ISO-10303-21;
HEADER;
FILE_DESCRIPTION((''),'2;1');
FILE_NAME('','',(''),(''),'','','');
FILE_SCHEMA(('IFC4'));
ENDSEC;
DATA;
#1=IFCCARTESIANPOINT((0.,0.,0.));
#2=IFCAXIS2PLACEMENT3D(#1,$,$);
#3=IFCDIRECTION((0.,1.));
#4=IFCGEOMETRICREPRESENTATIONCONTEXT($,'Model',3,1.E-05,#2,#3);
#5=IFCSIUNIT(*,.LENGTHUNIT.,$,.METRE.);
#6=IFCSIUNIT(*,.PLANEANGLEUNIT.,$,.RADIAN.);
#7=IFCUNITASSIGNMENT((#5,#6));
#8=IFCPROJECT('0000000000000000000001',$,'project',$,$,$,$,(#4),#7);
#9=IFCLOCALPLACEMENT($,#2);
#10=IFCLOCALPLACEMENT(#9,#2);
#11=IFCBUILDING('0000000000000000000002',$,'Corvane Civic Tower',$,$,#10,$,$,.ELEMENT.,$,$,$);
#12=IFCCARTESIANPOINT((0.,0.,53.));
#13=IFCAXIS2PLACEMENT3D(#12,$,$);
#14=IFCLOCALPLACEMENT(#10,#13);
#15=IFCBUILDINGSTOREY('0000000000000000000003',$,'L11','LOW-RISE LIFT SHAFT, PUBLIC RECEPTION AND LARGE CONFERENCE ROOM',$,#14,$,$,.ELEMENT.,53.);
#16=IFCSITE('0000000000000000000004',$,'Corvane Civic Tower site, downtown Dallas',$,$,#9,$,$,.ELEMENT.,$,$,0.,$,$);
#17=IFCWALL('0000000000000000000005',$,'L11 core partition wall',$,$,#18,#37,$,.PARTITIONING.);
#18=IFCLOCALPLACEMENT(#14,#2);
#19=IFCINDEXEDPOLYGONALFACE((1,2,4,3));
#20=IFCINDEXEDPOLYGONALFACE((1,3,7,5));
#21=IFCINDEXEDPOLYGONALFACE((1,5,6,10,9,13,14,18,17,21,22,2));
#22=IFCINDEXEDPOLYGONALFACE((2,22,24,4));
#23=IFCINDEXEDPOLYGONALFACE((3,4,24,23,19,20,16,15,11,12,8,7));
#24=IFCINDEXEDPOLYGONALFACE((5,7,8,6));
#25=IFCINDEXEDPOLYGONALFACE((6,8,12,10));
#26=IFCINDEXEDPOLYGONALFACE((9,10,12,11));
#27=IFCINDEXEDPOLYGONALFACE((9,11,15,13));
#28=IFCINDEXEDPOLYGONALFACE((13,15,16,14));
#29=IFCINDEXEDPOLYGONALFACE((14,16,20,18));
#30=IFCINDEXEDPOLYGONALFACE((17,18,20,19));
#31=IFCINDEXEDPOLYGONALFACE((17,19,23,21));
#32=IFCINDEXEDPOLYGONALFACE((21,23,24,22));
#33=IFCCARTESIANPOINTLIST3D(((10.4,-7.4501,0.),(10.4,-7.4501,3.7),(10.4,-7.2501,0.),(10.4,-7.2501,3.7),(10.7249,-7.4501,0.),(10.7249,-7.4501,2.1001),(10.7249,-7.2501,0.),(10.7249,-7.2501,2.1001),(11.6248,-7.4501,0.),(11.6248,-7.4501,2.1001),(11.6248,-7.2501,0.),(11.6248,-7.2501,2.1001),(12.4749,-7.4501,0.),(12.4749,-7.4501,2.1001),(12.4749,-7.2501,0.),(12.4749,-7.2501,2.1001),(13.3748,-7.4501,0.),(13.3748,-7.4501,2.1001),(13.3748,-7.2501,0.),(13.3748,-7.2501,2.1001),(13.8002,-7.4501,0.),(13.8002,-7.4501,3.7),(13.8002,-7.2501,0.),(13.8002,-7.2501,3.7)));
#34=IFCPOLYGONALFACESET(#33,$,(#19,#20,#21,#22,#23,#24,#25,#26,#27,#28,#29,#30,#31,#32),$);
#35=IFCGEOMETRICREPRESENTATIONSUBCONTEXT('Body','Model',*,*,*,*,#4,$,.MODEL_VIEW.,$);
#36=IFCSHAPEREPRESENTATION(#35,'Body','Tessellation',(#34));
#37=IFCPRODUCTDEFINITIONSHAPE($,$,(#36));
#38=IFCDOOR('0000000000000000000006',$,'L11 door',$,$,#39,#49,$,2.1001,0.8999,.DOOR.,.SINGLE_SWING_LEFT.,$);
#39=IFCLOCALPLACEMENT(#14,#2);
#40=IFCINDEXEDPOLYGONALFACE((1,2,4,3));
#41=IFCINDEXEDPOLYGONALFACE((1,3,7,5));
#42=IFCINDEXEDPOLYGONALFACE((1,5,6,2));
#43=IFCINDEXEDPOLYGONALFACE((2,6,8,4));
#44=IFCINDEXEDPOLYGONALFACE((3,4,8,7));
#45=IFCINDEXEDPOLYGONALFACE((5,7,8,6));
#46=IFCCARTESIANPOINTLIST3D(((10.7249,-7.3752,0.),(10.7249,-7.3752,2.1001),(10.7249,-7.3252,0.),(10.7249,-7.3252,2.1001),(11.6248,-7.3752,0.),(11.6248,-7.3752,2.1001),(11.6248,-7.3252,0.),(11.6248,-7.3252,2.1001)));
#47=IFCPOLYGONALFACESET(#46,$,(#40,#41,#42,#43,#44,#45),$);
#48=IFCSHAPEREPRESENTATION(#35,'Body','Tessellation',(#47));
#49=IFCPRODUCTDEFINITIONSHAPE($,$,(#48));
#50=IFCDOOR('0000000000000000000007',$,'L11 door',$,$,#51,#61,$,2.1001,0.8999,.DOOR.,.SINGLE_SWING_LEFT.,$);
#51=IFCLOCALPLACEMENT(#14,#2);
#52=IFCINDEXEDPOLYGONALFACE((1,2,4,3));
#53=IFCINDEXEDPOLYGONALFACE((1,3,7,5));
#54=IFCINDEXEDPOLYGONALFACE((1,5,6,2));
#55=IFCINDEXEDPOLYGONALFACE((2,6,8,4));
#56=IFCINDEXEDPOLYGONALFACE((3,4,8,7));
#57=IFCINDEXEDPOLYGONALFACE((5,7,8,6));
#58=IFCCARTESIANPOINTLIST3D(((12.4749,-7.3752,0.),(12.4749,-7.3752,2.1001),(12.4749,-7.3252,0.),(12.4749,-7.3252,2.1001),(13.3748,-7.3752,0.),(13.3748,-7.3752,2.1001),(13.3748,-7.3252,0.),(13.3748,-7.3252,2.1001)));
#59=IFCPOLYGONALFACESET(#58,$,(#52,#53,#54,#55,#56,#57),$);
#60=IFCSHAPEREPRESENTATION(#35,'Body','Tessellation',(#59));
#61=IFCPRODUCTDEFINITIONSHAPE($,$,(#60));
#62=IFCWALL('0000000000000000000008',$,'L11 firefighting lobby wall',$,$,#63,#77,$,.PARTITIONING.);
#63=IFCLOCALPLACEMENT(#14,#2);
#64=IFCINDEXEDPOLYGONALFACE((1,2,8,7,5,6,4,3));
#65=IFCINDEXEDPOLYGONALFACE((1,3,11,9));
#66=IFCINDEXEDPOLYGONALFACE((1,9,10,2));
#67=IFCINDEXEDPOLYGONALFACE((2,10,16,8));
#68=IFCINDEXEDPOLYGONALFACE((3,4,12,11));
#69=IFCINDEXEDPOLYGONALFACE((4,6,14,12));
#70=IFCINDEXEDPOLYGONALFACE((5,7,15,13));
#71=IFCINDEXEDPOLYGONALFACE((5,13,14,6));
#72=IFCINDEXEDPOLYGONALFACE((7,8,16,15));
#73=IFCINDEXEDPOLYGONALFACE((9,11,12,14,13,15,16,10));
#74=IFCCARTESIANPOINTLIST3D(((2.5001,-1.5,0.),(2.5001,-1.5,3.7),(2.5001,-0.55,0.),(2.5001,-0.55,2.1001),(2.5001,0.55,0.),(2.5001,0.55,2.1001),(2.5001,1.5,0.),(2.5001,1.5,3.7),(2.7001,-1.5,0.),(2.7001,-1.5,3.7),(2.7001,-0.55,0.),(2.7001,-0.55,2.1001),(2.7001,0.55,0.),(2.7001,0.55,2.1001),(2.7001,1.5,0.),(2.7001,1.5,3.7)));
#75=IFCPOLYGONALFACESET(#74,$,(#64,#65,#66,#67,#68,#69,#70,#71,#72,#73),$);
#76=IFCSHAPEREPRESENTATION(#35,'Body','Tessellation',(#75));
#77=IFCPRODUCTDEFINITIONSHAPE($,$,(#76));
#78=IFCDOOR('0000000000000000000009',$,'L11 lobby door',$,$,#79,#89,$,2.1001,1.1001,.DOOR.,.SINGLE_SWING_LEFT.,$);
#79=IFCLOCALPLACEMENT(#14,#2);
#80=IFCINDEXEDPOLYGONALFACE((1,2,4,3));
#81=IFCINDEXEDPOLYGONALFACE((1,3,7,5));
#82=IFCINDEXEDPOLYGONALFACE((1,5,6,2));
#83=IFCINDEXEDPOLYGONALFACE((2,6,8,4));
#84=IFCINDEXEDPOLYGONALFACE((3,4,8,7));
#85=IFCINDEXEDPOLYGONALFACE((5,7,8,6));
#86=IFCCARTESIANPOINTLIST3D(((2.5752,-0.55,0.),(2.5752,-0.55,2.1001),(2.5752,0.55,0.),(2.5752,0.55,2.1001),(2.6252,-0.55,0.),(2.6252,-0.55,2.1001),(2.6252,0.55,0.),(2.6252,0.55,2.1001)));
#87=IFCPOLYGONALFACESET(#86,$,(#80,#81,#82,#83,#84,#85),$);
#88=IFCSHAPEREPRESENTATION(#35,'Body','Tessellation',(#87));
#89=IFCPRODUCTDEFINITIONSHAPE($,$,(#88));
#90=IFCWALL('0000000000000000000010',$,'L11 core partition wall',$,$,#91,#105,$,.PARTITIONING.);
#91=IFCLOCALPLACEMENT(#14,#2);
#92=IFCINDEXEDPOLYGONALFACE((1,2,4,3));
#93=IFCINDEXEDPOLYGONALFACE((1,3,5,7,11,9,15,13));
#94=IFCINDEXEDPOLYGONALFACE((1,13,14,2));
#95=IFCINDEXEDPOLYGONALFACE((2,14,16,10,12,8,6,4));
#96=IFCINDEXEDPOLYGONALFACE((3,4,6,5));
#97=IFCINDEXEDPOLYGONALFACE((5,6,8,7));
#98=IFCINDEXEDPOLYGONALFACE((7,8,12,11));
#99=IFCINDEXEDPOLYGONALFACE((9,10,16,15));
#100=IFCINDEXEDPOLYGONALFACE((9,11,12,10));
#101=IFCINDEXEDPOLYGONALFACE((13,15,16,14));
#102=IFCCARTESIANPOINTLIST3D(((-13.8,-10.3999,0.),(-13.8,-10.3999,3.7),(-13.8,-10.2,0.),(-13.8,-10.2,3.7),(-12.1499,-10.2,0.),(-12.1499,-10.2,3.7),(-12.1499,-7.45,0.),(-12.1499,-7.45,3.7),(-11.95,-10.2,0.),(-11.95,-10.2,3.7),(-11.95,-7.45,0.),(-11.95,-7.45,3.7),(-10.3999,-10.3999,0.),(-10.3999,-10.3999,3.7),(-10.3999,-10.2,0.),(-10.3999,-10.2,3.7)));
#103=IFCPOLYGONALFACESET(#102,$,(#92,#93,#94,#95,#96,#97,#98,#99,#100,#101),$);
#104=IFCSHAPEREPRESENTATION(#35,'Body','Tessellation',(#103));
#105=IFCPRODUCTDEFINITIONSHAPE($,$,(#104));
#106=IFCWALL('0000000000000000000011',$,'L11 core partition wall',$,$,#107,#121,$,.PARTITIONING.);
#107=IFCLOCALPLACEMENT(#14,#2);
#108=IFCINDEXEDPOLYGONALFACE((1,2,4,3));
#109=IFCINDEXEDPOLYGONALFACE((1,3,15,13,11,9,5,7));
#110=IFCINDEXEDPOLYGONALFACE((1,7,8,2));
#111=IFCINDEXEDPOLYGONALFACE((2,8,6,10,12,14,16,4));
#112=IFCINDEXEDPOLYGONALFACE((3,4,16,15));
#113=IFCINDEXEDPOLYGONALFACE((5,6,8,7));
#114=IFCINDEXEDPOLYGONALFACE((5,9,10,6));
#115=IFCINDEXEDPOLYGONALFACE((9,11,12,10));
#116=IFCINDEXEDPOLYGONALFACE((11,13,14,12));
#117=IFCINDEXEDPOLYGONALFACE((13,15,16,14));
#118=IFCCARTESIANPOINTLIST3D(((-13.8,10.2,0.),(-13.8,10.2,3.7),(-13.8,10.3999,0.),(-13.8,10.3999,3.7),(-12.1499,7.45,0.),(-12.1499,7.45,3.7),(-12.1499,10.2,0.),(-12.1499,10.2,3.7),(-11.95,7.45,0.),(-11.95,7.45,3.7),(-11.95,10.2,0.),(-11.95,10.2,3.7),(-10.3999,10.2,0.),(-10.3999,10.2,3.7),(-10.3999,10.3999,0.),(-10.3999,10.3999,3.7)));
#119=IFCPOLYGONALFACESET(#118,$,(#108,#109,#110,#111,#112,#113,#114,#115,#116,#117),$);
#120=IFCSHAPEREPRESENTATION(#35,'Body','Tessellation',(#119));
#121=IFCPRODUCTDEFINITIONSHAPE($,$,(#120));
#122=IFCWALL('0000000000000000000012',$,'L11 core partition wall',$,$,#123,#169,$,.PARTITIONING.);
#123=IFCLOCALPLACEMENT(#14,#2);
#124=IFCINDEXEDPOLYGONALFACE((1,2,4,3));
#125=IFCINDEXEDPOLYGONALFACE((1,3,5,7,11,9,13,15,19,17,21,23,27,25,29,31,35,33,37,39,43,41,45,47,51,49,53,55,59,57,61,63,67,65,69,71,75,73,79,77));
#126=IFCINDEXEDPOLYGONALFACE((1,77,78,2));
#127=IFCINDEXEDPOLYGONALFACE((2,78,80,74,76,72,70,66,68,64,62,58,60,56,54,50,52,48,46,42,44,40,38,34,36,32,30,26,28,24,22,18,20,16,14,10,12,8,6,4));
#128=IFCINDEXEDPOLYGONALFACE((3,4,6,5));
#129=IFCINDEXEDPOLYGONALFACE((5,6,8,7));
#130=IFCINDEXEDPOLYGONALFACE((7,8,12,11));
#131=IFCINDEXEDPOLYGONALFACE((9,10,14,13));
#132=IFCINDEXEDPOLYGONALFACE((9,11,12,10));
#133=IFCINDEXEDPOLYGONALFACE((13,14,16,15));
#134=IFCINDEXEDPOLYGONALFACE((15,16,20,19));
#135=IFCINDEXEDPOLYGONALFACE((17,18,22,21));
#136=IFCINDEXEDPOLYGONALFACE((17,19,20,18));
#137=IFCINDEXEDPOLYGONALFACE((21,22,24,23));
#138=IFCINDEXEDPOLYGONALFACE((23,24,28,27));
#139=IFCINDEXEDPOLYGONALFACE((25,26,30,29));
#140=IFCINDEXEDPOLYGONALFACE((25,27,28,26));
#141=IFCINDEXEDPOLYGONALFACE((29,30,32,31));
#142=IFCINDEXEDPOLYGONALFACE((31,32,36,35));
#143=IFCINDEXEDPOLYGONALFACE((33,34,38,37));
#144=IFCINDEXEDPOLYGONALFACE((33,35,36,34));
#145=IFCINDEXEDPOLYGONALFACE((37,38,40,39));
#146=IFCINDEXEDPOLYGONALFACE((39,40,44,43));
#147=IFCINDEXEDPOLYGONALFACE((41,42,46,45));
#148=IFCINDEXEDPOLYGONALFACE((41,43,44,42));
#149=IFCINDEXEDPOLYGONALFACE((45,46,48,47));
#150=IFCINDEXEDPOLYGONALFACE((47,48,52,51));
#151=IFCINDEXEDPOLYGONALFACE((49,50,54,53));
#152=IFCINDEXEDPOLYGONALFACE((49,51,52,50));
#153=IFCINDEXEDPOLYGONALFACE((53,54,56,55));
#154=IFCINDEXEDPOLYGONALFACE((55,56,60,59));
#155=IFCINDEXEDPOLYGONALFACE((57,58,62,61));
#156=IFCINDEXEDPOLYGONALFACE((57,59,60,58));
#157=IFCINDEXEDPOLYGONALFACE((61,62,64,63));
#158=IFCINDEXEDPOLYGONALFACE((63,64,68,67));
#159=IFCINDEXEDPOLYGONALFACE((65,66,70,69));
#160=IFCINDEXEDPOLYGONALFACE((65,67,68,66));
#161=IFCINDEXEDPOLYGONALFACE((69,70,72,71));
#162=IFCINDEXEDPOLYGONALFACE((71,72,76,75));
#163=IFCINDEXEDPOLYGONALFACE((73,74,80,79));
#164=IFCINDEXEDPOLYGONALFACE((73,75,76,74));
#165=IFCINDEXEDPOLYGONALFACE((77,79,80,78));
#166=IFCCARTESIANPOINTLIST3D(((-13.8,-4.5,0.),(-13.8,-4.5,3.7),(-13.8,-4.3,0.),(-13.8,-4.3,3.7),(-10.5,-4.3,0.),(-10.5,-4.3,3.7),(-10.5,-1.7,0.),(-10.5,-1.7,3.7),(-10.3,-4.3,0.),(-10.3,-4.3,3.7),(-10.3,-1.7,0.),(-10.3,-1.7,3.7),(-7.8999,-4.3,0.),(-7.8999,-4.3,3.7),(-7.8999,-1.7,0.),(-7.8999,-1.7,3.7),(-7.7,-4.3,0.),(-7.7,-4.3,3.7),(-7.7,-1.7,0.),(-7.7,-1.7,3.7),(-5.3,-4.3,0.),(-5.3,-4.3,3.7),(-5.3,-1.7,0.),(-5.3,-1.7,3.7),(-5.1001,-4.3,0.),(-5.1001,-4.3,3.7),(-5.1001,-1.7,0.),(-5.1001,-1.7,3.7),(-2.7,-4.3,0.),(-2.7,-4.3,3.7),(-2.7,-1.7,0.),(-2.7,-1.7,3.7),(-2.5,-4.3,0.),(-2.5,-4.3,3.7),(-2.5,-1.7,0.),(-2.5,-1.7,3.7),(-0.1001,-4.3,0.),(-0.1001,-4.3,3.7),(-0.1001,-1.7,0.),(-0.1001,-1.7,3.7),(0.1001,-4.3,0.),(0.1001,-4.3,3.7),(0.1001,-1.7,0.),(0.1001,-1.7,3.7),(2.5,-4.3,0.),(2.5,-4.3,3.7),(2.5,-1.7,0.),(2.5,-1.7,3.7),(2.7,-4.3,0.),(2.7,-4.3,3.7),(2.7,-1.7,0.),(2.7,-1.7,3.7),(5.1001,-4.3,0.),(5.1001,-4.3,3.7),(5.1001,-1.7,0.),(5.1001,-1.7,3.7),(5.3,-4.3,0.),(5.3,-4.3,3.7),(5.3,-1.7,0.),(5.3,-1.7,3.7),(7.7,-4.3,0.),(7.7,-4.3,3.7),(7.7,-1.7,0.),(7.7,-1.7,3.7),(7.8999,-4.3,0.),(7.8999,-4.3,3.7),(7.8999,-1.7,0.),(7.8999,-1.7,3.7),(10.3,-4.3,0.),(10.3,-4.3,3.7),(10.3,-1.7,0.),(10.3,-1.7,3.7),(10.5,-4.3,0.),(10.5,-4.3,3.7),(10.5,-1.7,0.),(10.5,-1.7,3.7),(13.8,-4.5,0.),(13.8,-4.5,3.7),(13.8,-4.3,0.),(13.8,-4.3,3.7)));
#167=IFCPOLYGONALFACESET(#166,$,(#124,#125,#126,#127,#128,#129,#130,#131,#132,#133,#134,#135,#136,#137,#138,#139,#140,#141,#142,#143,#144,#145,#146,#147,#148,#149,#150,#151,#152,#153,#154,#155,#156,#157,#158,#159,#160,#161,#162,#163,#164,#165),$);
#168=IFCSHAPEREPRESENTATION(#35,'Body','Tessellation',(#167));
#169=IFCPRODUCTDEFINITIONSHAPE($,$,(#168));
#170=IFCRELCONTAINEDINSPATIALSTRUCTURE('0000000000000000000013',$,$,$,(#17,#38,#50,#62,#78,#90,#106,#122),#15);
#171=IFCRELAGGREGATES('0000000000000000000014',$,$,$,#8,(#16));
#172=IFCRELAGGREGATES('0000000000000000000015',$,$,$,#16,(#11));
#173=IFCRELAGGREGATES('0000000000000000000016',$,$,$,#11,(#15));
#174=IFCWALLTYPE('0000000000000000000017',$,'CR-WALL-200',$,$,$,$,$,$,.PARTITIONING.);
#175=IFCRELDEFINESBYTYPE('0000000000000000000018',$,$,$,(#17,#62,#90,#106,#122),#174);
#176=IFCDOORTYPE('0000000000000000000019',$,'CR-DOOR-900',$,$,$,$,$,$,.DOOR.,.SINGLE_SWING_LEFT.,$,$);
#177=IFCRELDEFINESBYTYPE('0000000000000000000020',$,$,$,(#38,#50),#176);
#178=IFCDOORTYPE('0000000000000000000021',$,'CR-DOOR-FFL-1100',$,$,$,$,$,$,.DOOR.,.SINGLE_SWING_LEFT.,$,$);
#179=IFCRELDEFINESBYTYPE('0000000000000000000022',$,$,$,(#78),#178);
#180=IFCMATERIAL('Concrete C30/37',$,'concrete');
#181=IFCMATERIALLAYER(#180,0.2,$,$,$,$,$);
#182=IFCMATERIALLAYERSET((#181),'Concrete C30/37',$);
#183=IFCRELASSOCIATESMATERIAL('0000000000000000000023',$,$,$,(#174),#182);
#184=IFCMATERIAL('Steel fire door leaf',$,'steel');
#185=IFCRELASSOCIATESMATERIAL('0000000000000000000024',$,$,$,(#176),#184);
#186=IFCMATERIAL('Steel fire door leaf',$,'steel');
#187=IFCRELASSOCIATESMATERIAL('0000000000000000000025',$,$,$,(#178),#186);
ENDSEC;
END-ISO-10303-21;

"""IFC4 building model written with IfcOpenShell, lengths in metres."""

from ifc_helpers import new_model, si_unit, direction, frame, frame_2d, origin, place, context, subcontext, project, spatial, polyline, rectangle, outline, extrude, material, layer, layer_set, type_object, element, fill, save


model = new_model("IFC4")

# Units and contexts
model_context = context("Model", 3, precision=1e-05, world=origin(), true_north=direction((0.0, 1.0)))
body_context = subcontext(model_context, "Body", "Model", "MODEL_VIEW")
ifc_project = project(units=[si_unit("LENGTHUNIT", "METRE"), si_unit("PLANEANGLEUNIT", "RADIAN")], contexts=[model_context])

# Site, building, storey
site_placement = place(None, origin())
site = spatial("IfcSite", under=ifc_project, at=site_placement, Name="Corvane Civic Tower site, downtown Dallas", CompositionType="ELEMENT", RefElevation=0.0)
building_placement = place(site_placement, origin())
building = spatial("IfcBuilding", under=site, at=building_placement, Name="Corvane Civic Tower", CompositionType="ELEMENT")
storey_placement = place(building_placement, frame((0.0, 0.0, 53.0)))
storey = spatial("IfcBuildingStorey", under=building, at=storey_placement, Name="L11", Description="LOW-RISE LIFT SHAFT, PUBLIC RECEPTION AND LARGE CONFERENCE ROOM", CompositionType="ELEMENT", Elevation=53.0)

# Wall, openings, doors
ifc_material_1 = material(Name="Concrete C30/37", Category="concrete")
ifc_layer_1 = layer(ifc_material_1, 0.2)
ifc_layer_set_1 = layer_set([ifc_layer_1], Name="Concrete C30/37")
wall_type_1 = type_object("IfcWallType", Name="CR-WALL-200", PredefinedType="PARTITIONING", material=ifc_layer_set_1)
wall_1_placement = place(storey_placement, frame((10.3999, -7.3501, 0.0), z_axis=(0.0, 0.0, 1.0), x_axis=(1.0, 0.0, 0.0)))
wall_1 = element("IfcWall", 1, at=wall_1_placement, inside=storey, type_object=wall_type_1, Name="L11 core partition wall", PredefinedType="PARTITIONING", context=body_context, shape_type="SweptSolid", body=[
    extrude(rectangle(XDim=3.4001, YDim=0.2, at=frame_2d((1.7002, 0.0))), origin(), (0.0, 0.0, 1.0), 3.7),
])
opening_1_placement = place(wall_1_placement, frame((0.325, 0.0, 0.0)))
opening_1 = element("IfcOpeningElement", 2, at=opening_1_placement, cuts=wall_1, PredefinedType="OPENING", context=body_context, shape_type="SweptSolid", body=[
    extrude(rectangle(XDim=0.8999, YDim=2.1001, at=frame_2d((0.45, 1.05))), frame((0.0, 0.1099, 0.0), z_axis=(0.0, -1.0, 0.0), x_axis=(1.0, 0.0, 0.0)), (0.0, 0.0, 1.0), 0.22),
])
opening_2_placement = place(wall_1_placement, frame((2.075, 0.0, 0.0)))
opening_2 = element("IfcOpeningElement", 3, at=opening_2_placement, cuts=wall_1, PredefinedType="OPENING", context=body_context, shape_type="SweptSolid", body=[
    extrude(rectangle(XDim=0.8999, YDim=2.1001, at=frame_2d((0.45, 1.05))), frame((0.0, 0.1099, 0.0), z_axis=(0.0, -1.0, 0.0), x_axis=(1.0, 0.0, 0.0)), (0.0, 0.0, 1.0), 0.22),
])
ifc_material_2 = material(Name="Steel fire door leaf", Category="steel")
door_type_1 = type_object("IfcDoorType", Name="CR-DOOR-900", OperationType="SINGLE_SWING_LEFT", PredefinedType="DOOR", material=ifc_material_2)
door_1_placement = place(opening_1_placement, origin())
door_1 = element("IfcDoor", 4, at=door_1_placement, inside=storey, type_object=door_type_1, Name="L11 door", OperationType="SINGLE_SWING_LEFT", OverallHeight=2.1001, OverallWidth=0.8999, PredefinedType="DOOR", context=body_context, shape_type="SweptSolid", body=[
    extrude(rectangle(XDim=0.8999, YDim=2.1001, at=frame_2d((0.45, 1.05))), frame((0.0, 0.0249, 0.0), z_axis=(0.0, -1.0, 0.0), x_axis=(1.0, 0.0, 0.0)), (0.0, 0.0, 1.0), 0.05),
])
fill(opening_1, door_1)
door_2_placement = place(opening_2_placement, origin())
door_2 = element("IfcDoor", 5, at=door_2_placement, inside=storey, type_object=door_type_1, Name="L11 door", OperationType="SINGLE_SWING_LEFT", OverallHeight=2.1001, OverallWidth=0.8999, PredefinedType="DOOR", context=body_context, shape_type="SweptSolid", body=[
    extrude(rectangle(XDim=0.8999, YDim=2.1001, at=frame_2d((0.45, 1.05))), frame((0.0, 0.0249, 0.0), z_axis=(0.0, -1.0, 0.0), x_axis=(1.0, 0.0, 0.0)), (0.0, 0.0, 1.0), 0.05),
])
fill(opening_2, door_2)

# Wall, opening, door
wall_2_placement = place(storey_placement, frame((2.6001, -1.5, 0.0), z_axis=(0.0, 0.0, 1.0), x_axis=(0.0, 1.0, 0.0)))
wall_2 = element("IfcWall", 6, at=wall_2_placement, inside=storey, type_object=wall_type_1, Name="L11 firefighting lobby wall", PredefinedType="PARTITIONING", context=body_context, shape_type="SweptSolid", body=[
    extrude(rectangle(XDim=3.0, YDim=0.2, at=frame_2d((1.5, 0.0))), origin(), (0.0, 0.0, 1.0), 3.7),
])
opening_3_placement = place(wall_2_placement, frame((0.95, 0.0, 0.0)))
opening_3 = element("IfcOpeningElement", 7, at=opening_3_placement, cuts=wall_2, PredefinedType="OPENING", context=body_context, shape_type="SweptSolid", body=[
    extrude(rectangle(XDim=1.1001, YDim=2.1001, at=frame_2d((0.55, 1.05))), frame((0.0, 0.1099, 0.0), z_axis=(0.0, -1.0, 0.0), x_axis=(1.0, 0.0, 0.0)), (0.0, 0.0, 1.0), 0.22),
])
ifc_material_3 = material(Name="Steel fire door leaf", Category="steel")
door_type_2 = type_object("IfcDoorType", Name="CR-DOOR-FFL-1100", OperationType="SINGLE_SWING_LEFT", PredefinedType="DOOR", material=ifc_material_3)
door_3_placement = place(opening_3_placement, origin())
door_3 = element("IfcDoor", 8, at=door_3_placement, inside=storey, type_object=door_type_2, Name="L11 lobby door", OperationType="SINGLE_SWING_LEFT", OverallHeight=2.1001, OverallWidth=1.1001, PredefinedType="DOOR", context=body_context, shape_type="SweptSolid", body=[
    extrude(rectangle(XDim=1.1001, YDim=2.1001, at=frame_2d((0.55, 1.05))), frame((0.0, 0.0249, 0.0), z_axis=(0.0, -1.0, 0.0), x_axis=(1.0, 0.0, 0.0)), (0.0, 0.0, 1.0), 0.05),
])
fill(opening_3, door_3)

# Walls
wall_3_placement = place(storey_placement, origin())
element("IfcWall", 9, at=wall_3_placement, inside=storey, type_object=wall_type_1, Name="L11 core partition wall", PredefinedType="PARTITIONING", context=body_context, shape_type="SweptSolid", body=[
    extrude(outline(polyline([(-12.1499, -7.45), (-11.95, -7.45), (-11.95, -10.2), (-10.3999, -10.2), (-10.3999, -10.3999), (-13.8, -10.3999), (-13.8, -10.2), (-12.1499, -10.2), (-12.1499, -7.45)])), origin(), (0.0, 0.0, 1.0), 3.7),
])
wall_4_placement = place(storey_placement, origin())
element("IfcWall", 10, at=wall_4_placement, inside=storey, type_object=wall_type_1, Name="L11 core partition wall", PredefinedType="PARTITIONING", context=body_context, shape_type="SweptSolid", body=[
    extrude(outline(polyline([(-13.8, 10.3999), (-10.3999, 10.3999), (-10.3999, 10.2), (-11.95, 10.2), (-11.95, 7.45), (-12.1499, 7.45), (-12.1499, 10.2), (-13.8, 10.2), (-13.8, 10.3999)])), origin(), (0.0, 0.0, 1.0), 3.7),
])
wall_5_placement = place(storey_placement, origin())
element("IfcWall", 11, at=wall_5_placement, inside=storey, type_object=wall_type_1, Name="L11 core partition wall", PredefinedType="PARTITIONING", context=body_context, shape_type="SweptSolid", body=[
    extrude(outline(polyline([(-10.3, -1.7), (-10.3, -4.3), (-7.8999, -4.3), (-7.8999, -1.7), (-7.7, -1.7), (-7.7, -4.3), (-5.3, -4.3), (-5.3, -1.7), (-5.1001, -1.7), (-5.1001, -4.3), (-2.7, -4.3), (-2.7, -1.7), (-2.5, -1.7), (-2.5, -4.3), (-0.1001, -4.3), (-0.1001, -1.7), (0.1001, -1.7), (0.1001, -4.3), (2.5, -4.3), (2.5, -1.7), (2.7, -1.7), (2.7, -4.3), (5.1001, -4.3), (5.1001, -1.7), (5.3, -1.7), (5.3, -4.3), (7.7, -4.3), (7.7, -1.7), (7.8999, -1.7), (7.8999, -4.3), (10.3, -4.3), (10.3, -1.7), (10.5, -1.7), (10.5, -4.3), (13.8, -4.3), (13.8, -4.5), (-13.8, -4.5), (-13.8, -4.3), (-10.5, -4.3), (-10.5, -1.7), (-10.3, -1.7)])), origin(), (0.0, 0.0, 1.0), 3.7),
])

save(model, "model.ifc")
